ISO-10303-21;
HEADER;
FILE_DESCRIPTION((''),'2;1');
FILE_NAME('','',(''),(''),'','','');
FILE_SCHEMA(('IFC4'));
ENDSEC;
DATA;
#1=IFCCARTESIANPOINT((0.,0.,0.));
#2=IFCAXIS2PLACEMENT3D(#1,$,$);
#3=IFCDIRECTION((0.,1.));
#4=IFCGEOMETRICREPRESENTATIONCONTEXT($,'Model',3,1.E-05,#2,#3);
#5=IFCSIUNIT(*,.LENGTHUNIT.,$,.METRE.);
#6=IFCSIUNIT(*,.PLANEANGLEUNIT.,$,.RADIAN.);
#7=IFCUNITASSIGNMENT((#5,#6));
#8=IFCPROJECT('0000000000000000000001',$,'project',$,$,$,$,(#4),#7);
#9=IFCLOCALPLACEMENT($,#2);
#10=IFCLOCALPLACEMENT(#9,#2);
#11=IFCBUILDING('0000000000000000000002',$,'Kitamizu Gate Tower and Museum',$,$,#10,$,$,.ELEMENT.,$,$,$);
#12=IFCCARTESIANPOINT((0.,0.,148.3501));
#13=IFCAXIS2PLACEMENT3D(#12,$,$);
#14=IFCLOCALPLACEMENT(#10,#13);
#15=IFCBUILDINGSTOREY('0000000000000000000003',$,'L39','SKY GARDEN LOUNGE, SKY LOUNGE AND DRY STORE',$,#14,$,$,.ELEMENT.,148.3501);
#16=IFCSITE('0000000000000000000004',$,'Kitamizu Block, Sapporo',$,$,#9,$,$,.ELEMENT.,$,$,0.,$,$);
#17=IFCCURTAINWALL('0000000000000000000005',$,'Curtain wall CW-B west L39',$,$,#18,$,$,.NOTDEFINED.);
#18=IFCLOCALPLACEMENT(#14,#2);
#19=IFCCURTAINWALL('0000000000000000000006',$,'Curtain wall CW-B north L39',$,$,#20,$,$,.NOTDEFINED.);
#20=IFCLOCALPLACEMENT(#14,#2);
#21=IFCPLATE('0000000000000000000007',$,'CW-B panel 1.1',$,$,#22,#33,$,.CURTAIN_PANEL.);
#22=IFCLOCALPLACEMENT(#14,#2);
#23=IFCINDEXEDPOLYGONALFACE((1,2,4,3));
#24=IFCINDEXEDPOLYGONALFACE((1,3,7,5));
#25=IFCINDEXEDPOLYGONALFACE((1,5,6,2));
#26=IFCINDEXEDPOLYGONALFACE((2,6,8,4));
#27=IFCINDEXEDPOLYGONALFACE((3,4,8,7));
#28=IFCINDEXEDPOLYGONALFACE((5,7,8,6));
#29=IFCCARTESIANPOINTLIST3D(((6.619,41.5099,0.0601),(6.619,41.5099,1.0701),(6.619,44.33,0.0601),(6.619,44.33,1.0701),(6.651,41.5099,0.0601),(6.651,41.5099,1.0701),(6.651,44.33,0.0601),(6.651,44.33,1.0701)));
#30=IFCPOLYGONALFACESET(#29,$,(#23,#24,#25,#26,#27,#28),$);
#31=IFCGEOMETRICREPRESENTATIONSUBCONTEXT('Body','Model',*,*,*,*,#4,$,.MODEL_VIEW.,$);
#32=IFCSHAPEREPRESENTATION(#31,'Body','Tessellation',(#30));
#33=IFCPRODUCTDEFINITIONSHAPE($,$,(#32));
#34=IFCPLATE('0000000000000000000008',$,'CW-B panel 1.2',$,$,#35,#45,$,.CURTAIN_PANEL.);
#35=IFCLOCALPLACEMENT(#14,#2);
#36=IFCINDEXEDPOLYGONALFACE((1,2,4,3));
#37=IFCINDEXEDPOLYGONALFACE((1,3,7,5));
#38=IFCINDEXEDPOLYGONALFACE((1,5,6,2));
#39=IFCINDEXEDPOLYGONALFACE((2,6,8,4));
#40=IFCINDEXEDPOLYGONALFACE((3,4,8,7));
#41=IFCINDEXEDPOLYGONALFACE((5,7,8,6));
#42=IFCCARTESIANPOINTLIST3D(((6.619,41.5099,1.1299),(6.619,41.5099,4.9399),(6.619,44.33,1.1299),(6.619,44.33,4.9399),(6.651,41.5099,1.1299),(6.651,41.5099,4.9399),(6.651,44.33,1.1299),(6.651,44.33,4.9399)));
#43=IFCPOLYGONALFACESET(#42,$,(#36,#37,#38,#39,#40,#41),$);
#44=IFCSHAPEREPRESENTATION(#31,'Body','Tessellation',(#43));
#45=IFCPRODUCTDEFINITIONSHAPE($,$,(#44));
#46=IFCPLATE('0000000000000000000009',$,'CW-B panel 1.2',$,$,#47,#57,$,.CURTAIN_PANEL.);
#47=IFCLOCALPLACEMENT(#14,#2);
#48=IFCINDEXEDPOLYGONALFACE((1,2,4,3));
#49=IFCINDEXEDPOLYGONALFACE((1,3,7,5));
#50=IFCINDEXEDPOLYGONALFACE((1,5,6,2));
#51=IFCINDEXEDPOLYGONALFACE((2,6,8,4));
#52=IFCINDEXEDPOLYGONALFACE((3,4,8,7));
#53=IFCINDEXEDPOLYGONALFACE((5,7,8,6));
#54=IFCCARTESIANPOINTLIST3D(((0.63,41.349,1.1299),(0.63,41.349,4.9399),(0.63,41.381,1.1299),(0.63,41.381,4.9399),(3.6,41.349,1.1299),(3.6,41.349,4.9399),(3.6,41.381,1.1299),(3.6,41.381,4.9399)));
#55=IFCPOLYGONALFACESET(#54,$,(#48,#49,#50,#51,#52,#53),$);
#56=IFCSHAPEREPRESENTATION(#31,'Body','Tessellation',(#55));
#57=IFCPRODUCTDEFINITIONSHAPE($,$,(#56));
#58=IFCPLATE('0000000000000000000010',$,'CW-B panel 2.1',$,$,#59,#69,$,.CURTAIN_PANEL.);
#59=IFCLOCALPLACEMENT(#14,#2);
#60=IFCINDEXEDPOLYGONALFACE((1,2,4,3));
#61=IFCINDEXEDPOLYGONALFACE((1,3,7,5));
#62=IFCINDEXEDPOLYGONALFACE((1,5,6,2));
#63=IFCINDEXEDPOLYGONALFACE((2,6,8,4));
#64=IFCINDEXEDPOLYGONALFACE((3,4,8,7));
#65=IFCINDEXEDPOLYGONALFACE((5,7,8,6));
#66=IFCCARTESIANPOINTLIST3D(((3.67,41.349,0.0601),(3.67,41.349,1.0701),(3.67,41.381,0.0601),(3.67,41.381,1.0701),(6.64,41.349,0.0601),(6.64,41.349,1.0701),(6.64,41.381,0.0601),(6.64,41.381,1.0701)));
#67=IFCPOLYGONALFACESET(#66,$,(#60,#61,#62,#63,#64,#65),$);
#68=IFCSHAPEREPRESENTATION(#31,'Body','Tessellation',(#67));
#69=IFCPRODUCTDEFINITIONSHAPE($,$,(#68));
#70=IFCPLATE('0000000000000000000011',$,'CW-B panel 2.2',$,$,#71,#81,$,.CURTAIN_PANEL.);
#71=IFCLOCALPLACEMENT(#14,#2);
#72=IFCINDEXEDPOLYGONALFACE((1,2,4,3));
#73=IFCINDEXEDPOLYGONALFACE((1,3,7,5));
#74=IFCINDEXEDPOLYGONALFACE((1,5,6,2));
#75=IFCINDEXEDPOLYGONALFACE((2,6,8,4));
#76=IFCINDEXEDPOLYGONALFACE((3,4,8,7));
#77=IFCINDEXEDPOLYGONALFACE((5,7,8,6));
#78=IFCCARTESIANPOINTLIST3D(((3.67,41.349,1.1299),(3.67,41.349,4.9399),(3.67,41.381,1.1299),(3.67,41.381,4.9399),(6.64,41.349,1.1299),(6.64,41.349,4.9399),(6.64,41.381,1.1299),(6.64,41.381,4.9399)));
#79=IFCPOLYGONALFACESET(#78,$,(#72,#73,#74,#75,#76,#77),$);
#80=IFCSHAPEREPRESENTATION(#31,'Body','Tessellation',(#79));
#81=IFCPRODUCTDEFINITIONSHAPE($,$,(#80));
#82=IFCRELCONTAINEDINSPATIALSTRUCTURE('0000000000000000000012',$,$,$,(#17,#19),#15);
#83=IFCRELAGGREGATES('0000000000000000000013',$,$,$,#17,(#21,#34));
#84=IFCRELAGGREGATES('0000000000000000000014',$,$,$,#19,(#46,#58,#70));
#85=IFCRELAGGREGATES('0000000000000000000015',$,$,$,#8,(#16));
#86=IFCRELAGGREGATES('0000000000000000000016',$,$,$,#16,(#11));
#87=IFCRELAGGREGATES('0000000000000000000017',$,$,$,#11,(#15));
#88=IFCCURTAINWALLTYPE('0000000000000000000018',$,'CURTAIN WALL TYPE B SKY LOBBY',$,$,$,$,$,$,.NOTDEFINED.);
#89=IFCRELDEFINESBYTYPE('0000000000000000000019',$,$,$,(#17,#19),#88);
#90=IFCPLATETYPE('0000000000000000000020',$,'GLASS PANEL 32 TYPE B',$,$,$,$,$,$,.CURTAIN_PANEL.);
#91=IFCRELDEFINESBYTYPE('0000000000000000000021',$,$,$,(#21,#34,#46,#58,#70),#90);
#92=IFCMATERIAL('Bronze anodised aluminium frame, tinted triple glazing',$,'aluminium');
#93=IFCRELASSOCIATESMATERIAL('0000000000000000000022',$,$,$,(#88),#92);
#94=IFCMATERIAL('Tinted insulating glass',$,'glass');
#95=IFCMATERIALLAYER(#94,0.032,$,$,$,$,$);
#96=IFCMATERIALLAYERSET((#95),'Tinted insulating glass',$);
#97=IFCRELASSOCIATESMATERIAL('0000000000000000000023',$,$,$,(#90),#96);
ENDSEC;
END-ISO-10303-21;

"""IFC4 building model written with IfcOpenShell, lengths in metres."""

from ifc_helpers import new_model, si_unit, direction, frame, origin, origin_2d, place, context, subcontext, project, spatial, rectangle, extrude, material, layer, layer_set, type_object, element, aggregate, save


model = new_model("IFC4")

# Units and contexts
model_context = context("Model", 3, precision=1e-05, world=origin(), true_north=direction((0.0, 1.0)))
body_context = subcontext(model_context, "Body", "Model", "MODEL_VIEW")
ifc_project = project(units=[si_unit("LENGTHUNIT", "METRE"), si_unit("PLANEANGLEUNIT", "RADIAN")], contexts=[model_context])

# Site, building, storey
site_placement = place(None, origin())
site = spatial("IfcSite", under=ifc_project, at=site_placement, Name="Kitamizu Block, Sapporo", CompositionType="ELEMENT", RefElevation=0.0)
building_placement = place(site_placement, origin())
building = spatial("IfcBuilding", under=site, at=building_placement, Name="Kitamizu Gate Tower and Museum", CompositionType="ELEMENT")
storey_placement = place(building_placement, frame((0.0, 0.0, 148.3501)))
storey = spatial("IfcBuildingStorey", under=building, at=storey_placement, Name="L39", Description="SKY GARDEN LOUNGE, SKY LOUNGE AND DRY STORE", CompositionType="ELEMENT", Elevation=148.3501)

# Shared definitions
ifc_material_1 = material(Name="Bronze anodised aluminium frame, tinted triple glazing", Category="aluminium")
curtain_wall_type = type_object("IfcCurtainWallType", Name="CURTAIN WALL TYPE B SKY LOBBY", PredefinedType="NOTDEFINED", material=ifc_material_1)

# Curtain wall
curtain_wall_1_placement = place(storey_placement, origin())
curtain_wall_1 = element("IfcCurtainWall", 1, at=curtain_wall_1_placement, inside=storey, type_object=curtain_wall_type, Name="Curtain wall CW-B west L39", PredefinedType="NOTDEFINED")

# Curtain wall
curtain_wall_2_placement = place(storey_placement, origin())
curtain_wall_2 = element("IfcCurtainWall", 2, at=curtain_wall_2_placement, inside=storey, type_object=curtain_wall_type, Name="Curtain wall CW-B north L39", PredefinedType="NOTDEFINED")

# Plates
ifc_material_2 = material(Name="Tinted insulating glass", Category="glass")
ifc_layer = layer(ifc_material_2, 0.032)
ifc_layer_set = layer_set([ifc_layer], Name="Tinted insulating glass")
plate_type = type_object("IfcPlateType", Name="GLASS PANEL 32 TYPE B", PredefinedType="CURTAIN_PANEL", material=ifc_layer_set)
plate_1_placement = place(storey_placement, frame((6.635, 42.9199, 0.0601), z_axis=(0.0, 0.0, 1.0), x_axis=(0.0, 1.0, 0.0)))
plate_1 = element("IfcPlate", 3, at=plate_1_placement, type_object=plate_type, Name="CW-B panel 1.1", PredefinedType="CURTAIN_PANEL", context=body_context, shape_type="SweptSolid", body=[
    extrude(rectangle(XDim=2.8201, YDim=0.032, at=origin_2d()), origin(), (0.0, 0.0, 1.0), 1.01),
])
plate_2_placement = place(storey_placement, frame((6.635, 42.9199, 1.1299), z_axis=(0.0, 0.0, 1.0), x_axis=(0.0, 1.0, 0.0)))
plate_2 = element("IfcPlate", 4, at=plate_2_placement, type_object=plate_type, Name="CW-B panel 1.2", PredefinedType="CURTAIN_PANEL", context=body_context, shape_type="SweptSolid", body=[
    extrude(rectangle(XDim=2.8201, YDim=0.032, at=origin_2d()), origin(), (0.0, 0.0, 1.0), 3.8101),
])
aggregate(curtain_wall_1, [plate_1, plate_2])
plate_3_placement = place(storey_placement, frame((2.115, 41.365, 1.1299), z_axis=(0.0, 0.0, 1.0), x_axis=(1.0, 0.0, 0.0)))
plate_3 = element("IfcPlate", 5, at=plate_3_placement, type_object=plate_type, Name="CW-B panel 1.2", PredefinedType="CURTAIN_PANEL", context=body_context, shape_type="SweptSolid", body=[
    extrude(rectangle(XDim=2.97, YDim=0.032, at=origin_2d()), origin(), (0.0, 0.0, 1.0), 3.8101),
])
plate_4_placement = place(storey_placement, frame((5.155, 41.365, 0.0601), z_axis=(0.0, 0.0, 1.0), x_axis=(1.0, 0.0, 0.0)))
plate_4 = element("IfcPlate", 6, at=plate_4_placement, type_object=plate_type, Name="CW-B panel 2.1", PredefinedType="CURTAIN_PANEL", context=body_context, shape_type="SweptSolid", body=[
    extrude(rectangle(XDim=2.97, YDim=0.032, at=origin_2d()), origin(), (0.0, 0.0, 1.0), 1.01),
])
plate_5_placement = place(storey_placement, frame((5.155, 41.365, 1.1299), z_axis=(0.0, 0.0, 1.0), x_axis=(1.0, 0.0, 0.0)))
plate_5 = element("IfcPlate", 7, at=plate_5_placement, type_object=plate_type, Name="CW-B panel 2.2", PredefinedType="CURTAIN_PANEL", context=body_context, shape_type="SweptSolid", body=[
    extrude(rectangle(XDim=2.97, YDim=0.032, at=origin_2d()), origin(), (0.0, 0.0, 1.0), 3.8101),
])
aggregate(curtain_wall_2, [plate_3, plate_4, plate_5])

save(model, "model.ifc")
